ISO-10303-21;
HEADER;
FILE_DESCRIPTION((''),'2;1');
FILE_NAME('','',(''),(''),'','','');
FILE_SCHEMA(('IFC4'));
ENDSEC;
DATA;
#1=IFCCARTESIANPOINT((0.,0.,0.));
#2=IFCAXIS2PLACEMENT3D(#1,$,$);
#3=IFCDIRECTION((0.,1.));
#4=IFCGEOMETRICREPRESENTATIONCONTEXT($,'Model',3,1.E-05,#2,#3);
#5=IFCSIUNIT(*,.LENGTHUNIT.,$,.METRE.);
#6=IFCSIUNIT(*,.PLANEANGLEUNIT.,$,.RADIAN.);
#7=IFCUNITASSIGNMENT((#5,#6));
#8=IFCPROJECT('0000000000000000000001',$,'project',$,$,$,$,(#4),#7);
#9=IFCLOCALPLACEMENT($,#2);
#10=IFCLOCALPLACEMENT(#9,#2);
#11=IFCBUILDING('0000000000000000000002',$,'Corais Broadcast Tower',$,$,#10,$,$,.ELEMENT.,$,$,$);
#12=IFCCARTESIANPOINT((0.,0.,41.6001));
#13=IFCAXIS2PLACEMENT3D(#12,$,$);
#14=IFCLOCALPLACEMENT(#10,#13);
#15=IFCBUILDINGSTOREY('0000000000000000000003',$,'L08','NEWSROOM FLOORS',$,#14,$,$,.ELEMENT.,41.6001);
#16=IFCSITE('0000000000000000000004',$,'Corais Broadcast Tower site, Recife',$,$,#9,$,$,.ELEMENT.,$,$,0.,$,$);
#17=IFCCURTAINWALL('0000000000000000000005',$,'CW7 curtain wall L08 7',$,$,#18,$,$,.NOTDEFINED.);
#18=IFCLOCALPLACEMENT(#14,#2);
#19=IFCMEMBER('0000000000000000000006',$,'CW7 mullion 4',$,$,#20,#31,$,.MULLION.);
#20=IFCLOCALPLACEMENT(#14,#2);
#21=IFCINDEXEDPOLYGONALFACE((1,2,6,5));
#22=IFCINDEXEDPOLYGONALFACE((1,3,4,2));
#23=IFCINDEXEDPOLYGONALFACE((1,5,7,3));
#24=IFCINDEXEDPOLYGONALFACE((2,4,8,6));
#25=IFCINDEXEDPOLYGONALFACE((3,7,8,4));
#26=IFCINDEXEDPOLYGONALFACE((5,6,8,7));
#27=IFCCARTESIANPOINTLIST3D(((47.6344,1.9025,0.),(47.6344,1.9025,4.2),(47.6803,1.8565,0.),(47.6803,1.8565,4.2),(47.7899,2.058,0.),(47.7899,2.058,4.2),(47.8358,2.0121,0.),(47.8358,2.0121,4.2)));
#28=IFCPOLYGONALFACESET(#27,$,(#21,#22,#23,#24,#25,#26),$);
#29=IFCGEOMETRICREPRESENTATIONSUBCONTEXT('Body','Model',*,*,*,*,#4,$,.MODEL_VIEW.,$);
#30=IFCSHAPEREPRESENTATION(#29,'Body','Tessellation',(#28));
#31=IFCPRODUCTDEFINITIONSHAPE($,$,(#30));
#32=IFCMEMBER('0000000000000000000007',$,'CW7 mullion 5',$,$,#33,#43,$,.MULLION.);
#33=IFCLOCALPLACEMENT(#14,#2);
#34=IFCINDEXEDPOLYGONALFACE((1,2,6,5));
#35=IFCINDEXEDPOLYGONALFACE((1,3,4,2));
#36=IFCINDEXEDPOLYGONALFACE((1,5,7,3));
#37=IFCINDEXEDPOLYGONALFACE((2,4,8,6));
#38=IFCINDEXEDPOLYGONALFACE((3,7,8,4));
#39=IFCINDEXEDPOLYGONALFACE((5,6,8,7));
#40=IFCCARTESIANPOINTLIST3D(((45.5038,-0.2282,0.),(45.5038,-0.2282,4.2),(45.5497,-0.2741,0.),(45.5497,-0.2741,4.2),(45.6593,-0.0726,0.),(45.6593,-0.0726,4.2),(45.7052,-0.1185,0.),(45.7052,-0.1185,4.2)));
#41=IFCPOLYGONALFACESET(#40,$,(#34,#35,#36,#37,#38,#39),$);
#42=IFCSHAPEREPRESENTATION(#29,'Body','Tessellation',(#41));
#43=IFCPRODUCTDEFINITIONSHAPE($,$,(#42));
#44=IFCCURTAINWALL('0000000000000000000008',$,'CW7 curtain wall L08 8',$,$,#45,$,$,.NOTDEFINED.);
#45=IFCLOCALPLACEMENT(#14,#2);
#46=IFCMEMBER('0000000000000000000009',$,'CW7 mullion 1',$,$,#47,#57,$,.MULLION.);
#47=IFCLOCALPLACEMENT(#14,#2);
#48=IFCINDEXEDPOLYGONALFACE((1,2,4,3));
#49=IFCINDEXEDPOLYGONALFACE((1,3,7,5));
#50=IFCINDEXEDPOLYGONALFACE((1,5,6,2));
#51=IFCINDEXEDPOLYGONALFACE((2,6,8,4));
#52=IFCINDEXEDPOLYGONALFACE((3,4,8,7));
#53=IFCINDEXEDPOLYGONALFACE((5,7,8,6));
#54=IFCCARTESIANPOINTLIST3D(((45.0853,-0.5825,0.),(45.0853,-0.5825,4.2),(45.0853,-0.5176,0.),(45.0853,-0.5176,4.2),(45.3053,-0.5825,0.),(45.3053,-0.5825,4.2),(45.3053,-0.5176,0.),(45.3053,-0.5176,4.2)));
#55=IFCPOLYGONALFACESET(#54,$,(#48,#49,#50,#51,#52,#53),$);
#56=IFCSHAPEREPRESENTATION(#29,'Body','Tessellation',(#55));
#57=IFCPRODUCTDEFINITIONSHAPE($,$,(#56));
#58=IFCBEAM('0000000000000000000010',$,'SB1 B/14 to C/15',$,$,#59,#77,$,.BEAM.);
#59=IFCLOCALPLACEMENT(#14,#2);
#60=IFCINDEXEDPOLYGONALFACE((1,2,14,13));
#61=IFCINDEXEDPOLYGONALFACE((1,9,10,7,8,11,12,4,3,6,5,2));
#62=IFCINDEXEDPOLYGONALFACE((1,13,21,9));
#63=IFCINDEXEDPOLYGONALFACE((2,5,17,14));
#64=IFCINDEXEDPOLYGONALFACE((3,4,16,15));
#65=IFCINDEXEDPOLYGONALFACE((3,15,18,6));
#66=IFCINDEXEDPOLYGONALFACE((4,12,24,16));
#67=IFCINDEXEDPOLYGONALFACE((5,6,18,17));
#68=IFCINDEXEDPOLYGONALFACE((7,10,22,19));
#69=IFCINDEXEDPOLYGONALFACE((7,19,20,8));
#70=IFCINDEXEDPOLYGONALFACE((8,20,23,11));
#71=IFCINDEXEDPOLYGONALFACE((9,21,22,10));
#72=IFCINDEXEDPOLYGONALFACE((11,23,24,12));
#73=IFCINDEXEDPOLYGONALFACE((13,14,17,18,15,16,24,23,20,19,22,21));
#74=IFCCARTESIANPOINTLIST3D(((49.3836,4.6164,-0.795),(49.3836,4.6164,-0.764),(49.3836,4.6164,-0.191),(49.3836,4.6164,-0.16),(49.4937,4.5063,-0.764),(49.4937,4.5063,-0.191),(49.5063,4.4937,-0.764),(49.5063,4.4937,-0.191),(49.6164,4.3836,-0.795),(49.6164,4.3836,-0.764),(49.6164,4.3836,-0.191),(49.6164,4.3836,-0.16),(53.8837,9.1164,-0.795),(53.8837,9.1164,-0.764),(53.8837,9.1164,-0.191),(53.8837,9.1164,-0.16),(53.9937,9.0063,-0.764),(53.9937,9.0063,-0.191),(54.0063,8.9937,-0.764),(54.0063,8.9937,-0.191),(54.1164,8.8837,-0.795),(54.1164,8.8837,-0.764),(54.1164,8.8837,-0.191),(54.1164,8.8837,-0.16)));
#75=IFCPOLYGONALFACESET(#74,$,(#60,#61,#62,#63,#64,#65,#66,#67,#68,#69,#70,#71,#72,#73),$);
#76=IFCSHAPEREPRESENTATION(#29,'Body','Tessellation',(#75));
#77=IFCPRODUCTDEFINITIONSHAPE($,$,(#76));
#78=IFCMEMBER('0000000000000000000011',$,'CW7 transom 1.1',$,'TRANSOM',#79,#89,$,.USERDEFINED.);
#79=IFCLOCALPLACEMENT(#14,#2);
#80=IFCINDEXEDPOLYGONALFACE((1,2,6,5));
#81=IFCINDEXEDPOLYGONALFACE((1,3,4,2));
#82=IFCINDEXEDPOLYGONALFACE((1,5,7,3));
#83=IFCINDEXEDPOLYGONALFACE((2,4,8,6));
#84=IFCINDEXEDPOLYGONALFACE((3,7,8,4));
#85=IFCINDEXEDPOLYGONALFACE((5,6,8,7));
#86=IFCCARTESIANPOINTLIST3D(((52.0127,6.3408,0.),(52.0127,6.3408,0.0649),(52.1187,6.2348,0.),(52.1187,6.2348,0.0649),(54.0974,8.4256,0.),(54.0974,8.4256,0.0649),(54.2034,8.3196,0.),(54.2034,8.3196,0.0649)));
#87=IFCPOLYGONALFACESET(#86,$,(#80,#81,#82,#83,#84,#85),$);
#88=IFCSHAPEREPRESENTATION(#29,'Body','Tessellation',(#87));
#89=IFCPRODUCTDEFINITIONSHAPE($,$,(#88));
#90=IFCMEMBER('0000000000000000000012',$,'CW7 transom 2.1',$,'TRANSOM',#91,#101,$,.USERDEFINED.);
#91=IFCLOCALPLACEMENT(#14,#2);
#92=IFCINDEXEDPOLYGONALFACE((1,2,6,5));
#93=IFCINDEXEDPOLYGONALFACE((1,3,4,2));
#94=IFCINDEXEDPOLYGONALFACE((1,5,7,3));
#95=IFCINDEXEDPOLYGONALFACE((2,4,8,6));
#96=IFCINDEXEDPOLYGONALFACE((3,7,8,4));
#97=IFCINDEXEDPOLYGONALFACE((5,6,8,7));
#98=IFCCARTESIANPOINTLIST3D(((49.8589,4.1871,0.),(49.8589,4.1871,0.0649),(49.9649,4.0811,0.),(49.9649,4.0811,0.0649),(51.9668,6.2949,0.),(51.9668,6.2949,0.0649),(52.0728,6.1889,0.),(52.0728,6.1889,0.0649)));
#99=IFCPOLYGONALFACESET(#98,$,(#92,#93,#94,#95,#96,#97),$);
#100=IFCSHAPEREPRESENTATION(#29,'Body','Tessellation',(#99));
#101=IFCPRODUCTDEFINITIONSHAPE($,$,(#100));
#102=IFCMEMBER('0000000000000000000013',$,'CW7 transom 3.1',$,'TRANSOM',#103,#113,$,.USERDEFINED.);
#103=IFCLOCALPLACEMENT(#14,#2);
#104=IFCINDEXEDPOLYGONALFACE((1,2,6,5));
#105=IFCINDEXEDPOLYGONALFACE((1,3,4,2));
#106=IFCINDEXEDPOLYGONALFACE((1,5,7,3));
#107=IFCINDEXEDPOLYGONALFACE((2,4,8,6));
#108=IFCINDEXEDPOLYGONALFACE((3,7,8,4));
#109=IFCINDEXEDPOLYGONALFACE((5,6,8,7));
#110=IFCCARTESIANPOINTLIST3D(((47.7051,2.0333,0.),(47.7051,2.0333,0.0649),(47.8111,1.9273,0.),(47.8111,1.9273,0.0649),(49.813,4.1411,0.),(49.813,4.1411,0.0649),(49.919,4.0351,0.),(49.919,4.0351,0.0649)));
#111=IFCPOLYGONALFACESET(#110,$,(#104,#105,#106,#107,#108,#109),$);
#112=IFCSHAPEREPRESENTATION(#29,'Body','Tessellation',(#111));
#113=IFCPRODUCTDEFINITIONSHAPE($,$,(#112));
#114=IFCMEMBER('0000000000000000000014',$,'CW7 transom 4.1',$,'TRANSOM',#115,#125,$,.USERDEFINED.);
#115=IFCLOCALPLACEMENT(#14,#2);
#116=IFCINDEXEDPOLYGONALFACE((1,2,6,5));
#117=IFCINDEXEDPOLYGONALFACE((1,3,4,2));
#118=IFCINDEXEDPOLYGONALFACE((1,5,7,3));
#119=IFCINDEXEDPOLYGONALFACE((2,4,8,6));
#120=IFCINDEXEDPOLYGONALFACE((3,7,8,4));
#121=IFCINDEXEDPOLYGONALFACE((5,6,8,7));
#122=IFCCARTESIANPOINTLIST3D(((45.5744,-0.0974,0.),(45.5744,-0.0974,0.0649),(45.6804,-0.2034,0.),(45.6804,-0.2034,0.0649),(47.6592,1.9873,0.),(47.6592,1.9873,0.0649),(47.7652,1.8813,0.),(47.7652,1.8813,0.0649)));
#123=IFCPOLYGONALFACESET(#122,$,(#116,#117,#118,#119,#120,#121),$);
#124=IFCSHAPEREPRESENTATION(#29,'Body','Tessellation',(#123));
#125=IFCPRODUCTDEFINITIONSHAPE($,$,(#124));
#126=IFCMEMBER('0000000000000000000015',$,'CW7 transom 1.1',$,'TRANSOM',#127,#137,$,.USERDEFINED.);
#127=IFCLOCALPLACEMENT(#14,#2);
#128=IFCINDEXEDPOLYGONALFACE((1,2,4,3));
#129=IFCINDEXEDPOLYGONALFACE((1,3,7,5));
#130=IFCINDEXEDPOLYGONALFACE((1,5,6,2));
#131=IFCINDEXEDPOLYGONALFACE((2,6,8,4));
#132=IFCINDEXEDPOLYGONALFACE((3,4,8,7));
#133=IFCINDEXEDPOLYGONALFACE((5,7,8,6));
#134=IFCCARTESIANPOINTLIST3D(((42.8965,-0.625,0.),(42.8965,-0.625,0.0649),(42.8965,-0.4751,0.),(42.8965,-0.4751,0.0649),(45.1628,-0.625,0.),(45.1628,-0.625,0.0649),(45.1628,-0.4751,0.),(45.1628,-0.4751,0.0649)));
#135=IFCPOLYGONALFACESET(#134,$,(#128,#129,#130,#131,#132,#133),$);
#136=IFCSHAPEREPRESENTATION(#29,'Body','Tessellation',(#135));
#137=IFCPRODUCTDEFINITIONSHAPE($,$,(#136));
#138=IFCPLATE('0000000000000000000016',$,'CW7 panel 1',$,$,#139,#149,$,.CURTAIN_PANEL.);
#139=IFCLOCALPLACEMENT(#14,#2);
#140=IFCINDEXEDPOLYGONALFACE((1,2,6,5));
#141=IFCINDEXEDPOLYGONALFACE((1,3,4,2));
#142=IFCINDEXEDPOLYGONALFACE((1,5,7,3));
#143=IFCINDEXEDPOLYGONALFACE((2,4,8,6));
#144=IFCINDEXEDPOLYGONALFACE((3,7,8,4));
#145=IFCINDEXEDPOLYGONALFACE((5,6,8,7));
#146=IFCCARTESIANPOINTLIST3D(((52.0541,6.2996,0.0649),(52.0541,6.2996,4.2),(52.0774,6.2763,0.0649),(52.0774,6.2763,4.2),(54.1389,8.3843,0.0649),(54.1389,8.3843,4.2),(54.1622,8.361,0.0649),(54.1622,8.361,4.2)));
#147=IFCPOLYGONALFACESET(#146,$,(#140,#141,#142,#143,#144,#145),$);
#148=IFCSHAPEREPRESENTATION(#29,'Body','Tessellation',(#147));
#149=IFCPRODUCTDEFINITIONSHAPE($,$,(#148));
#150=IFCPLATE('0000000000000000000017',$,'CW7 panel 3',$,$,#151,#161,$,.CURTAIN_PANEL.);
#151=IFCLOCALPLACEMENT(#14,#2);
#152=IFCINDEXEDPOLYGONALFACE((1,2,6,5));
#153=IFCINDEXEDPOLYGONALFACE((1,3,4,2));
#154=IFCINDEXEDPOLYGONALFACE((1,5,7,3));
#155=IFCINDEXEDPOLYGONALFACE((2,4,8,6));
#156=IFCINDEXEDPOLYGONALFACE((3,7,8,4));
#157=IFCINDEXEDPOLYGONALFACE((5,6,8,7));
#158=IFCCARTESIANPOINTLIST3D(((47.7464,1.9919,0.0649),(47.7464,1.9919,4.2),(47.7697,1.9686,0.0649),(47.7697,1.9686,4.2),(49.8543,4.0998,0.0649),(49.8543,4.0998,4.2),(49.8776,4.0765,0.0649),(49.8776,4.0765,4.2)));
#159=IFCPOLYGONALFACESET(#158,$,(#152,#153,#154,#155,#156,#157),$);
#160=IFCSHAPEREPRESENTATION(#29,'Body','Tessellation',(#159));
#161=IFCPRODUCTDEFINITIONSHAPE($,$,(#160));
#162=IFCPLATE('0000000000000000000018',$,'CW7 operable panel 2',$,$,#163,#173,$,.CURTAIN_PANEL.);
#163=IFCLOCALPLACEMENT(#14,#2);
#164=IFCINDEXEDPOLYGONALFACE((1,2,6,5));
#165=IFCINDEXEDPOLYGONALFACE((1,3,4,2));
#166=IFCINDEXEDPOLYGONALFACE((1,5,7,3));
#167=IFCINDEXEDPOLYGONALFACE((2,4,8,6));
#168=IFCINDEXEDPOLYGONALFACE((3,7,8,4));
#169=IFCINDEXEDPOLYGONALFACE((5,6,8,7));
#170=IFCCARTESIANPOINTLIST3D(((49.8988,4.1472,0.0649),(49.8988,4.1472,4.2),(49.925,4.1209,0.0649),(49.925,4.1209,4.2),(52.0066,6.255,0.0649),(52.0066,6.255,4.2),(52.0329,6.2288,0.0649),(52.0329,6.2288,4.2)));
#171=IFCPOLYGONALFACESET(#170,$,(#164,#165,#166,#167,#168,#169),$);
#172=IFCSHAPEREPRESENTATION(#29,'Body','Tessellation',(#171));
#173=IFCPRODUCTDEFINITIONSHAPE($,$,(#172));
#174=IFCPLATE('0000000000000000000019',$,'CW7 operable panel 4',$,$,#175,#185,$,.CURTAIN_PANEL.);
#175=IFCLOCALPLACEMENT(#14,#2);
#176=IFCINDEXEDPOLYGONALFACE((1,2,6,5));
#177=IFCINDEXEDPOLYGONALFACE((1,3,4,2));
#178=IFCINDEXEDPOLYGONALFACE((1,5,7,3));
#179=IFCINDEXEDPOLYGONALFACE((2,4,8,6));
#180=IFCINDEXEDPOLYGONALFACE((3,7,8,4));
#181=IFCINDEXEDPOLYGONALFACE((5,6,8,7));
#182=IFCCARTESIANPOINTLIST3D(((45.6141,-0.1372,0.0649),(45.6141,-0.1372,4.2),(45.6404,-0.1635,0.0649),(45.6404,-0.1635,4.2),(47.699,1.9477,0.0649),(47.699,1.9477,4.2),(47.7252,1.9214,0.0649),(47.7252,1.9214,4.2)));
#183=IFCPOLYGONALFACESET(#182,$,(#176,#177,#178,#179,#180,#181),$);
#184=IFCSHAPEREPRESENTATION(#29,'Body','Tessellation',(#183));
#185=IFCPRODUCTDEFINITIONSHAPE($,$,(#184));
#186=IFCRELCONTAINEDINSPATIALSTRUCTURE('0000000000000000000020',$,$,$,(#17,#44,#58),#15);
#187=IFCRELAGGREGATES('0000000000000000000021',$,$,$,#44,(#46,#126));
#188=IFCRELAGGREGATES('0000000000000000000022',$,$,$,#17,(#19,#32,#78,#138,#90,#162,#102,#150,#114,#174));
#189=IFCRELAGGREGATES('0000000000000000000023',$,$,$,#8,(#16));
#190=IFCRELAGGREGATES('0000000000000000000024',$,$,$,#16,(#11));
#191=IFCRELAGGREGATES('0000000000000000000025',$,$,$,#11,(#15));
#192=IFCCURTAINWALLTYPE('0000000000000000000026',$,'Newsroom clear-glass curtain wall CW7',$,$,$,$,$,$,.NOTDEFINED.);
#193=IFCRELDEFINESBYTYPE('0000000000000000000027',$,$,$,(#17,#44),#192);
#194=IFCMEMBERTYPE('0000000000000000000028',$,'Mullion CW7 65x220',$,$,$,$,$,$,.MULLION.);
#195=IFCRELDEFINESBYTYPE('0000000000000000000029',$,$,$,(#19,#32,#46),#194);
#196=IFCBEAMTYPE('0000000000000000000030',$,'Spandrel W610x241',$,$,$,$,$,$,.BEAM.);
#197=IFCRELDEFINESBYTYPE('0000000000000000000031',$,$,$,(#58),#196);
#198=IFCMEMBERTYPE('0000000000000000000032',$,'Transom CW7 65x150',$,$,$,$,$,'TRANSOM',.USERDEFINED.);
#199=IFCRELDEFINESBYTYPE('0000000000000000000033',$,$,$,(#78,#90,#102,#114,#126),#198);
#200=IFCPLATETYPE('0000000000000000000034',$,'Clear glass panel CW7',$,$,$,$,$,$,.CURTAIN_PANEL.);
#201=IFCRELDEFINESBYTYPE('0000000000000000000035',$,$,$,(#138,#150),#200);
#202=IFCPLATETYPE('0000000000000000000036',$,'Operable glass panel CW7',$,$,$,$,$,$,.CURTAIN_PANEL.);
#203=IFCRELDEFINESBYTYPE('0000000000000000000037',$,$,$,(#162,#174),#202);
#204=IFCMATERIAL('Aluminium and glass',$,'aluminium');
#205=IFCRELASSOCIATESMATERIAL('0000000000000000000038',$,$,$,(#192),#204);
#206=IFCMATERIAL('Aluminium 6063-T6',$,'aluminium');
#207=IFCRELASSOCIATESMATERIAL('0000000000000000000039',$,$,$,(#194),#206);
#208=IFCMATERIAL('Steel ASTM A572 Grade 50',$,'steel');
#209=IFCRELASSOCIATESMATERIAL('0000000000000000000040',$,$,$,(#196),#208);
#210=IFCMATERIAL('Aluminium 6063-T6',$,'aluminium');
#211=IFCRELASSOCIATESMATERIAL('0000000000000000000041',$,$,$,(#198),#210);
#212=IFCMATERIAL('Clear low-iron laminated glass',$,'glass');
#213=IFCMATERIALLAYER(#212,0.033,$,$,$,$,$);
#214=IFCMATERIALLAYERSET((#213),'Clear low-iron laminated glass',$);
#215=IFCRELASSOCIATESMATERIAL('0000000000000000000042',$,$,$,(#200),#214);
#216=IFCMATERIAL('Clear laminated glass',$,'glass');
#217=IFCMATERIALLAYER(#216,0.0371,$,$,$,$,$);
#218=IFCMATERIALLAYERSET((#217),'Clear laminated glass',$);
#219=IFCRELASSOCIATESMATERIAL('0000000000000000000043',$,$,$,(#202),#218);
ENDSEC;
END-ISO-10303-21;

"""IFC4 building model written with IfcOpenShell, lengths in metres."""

from ifc_helpers import new_model, si_unit, direction, frame, origin, origin_2d, place, context, subcontext, project, spatial, rectangle, i_section, extrude, material, layer, layer_set, material_profile, profile_set, type_object, element, aggregate, save


model = new_model("IFC4")

# Units and contexts
model_context = context("Model", 3, precision=1e-05, world=origin(), true_north=direction((0.0, 1.0)))
body_context = subcontext(model_context, "Body", "Model", "MODEL_VIEW")
ifc_project = project(units=[si_unit("LENGTHUNIT", "METRE"), si_unit("PLANEANGLEUNIT", "RADIAN")], contexts=[model_context])

# Site, building, storey
site_placement = place(None, origin())
site = spatial("IfcSite", under=ifc_project, at=site_placement, Name="Corais Broadcast Tower site, Recife", CompositionType="ELEMENT", RefElevation=0.0)
building_placement = place(site_placement, origin())
building = spatial("IfcBuilding", under=site, at=building_placement, Name="Corais Broadcast Tower", CompositionType="ELEMENT")
storey_placement = place(building_placement, frame((0.0, 0.0, 41.6001)))
storey = spatial("IfcBuildingStorey", under=building, at=storey_placement, Name="L08", Description="NEWSROOM FLOORS", CompositionType="ELEMENT", Elevation=41.6001)

# Shared definitions
ifc_material_1 = material(Name="Aluminium and glass", Category="aluminium")
curtain_wall_type = type_object("IfcCurtainWallType", Name="Newsroom clear-glass curtain wall CW7", PredefinedType="NOTDEFINED", material=ifc_material_1)
ifc_material_2 = material(Name="Aluminium 6063-T6", Category="aluminium")
ifc_material_profile_1 = material_profile(ifc_material_2, rectangle(XDim=0.0649, YDim=0.22, at=origin_2d()), Name="Mullion CW7 65x220")
ifc_profile_set_1 = profile_set([ifc_material_profile_1], Name="Aluminium 6063-T6")
member_type_1 = type_object("IfcMemberType", Name="Mullion CW7 65x220", PredefinedType="MULLION", material=ifc_profile_set_1)

# Curtain wall, members
curtain_wall_1_placement = place(storey_placement, origin())
curtain_wall_1 = element("IfcCurtainWall", 1, at=curtain_wall_1_placement, inside=storey, type_object=curtain_wall_type, Name="CW7 curtain wall L08 7", PredefinedType="NOTDEFINED")
member_1_placement = place(storey_placement, frame((47.7351, 1.9573, 0.0), z_axis=(0.0, 0.0, 1.0), x_axis=(0.707107, -0.707107, 0.0)))
member_1 = element("IfcMember", 2, at=member_1_placement, type_object=member_type_1, Name="CW7 mullion 4", PredefinedType="MULLION", context=body_context, shape_type="SweptSolid", body=[
    extrude(rectangle(XDim=0.0649, YDim=0.22, at=origin_2d()), origin(), (0.0, 0.0, 1.0), 4.2),
])
member_2_placement = place(storey_placement, frame((45.6045, -0.1733, 0.0), z_axis=(0.0, 0.0, 1.0), x_axis=(0.707107, -0.707107, 0.0)))
member_2 = element("IfcMember", 3, at=member_2_placement, type_object=member_type_1, Name="CW7 mullion 5", PredefinedType="MULLION", context=body_context, shape_type="SweptSolid", body=[
    extrude(rectangle(XDim=0.0649, YDim=0.22, at=origin_2d()), origin(), (0.0, 0.0, 1.0), 4.2),
])

# Curtain wall, member
curtain_wall_2_placement = place(storey_placement, origin())
curtain_wall_2 = element("IfcCurtainWall", 4, at=curtain_wall_2_placement, inside=storey, type_object=curtain_wall_type, Name="CW7 curtain wall L08 8", PredefinedType="NOTDEFINED")
member_3_placement = place(storey_placement, frame((45.1953, -0.55, 0.0), z_axis=(0.0, 0.0, 1.0), x_axis=(0.0, -1.0, 0.0)))
member_3 = element("IfcMember", 5, at=member_3_placement, type_object=member_type_1, Name="CW7 mullion 1", PredefinedType="MULLION", context=body_context, shape_type="SweptSolid", body=[
    extrude(rectangle(XDim=0.0649, YDim=0.22, at=origin_2d()), origin(), (0.0, 0.0, 1.0), 4.2),
])

# Beam
ifc_material_3 = material(Name="Steel ASTM A572 Grade 50", Category="steel")
ifc_material_profile_2 = material_profile(ifc_material_3, i_section(OverallWidth=0.3291, OverallDepth=0.635, WebThickness=0.0178, FlangeThickness=0.031, at=origin_2d()), Name="W610x241")
ifc_profile_set_2 = profile_set([ifc_material_profile_2], Name="Steel ASTM A572 Grade 50")
beam_type_1 = type_object("IfcBeamType", Name="Spandrel W610x241", PredefinedType="BEAM", material=ifc_profile_set_2)
beam_1_placement = place(storey_placement, frame((49.5, 4.5, -0.4775), z_axis=(0.707107, 0.707107, 0.0), x_axis=(-0.707107, 0.707107, 0.0)))
element("IfcBeam", 6, at=beam_1_placement, inside=storey, type_object=beam_type_1, Name="SB1 B/14 to C/15", PredefinedType="BEAM", context=body_context, shape_type="SweptSolid", body=[
    extrude(i_section(OverallWidth=0.3291, OverallDepth=0.635, WebThickness=0.0178, FlangeThickness=0.031, at=origin_2d()), origin(), (0.0, 0.0, 1.0), 6.364),
])

# Members
ifc_material_4 = material(Name="Aluminium 6063-T6", Category="aluminium")
ifc_material_profile_3 = material_profile(ifc_material_4, rectangle(XDim=0.1499, YDim=0.0649, at=origin_2d()), Name="Transom CW7 65x150")
ifc_profile_set_3 = profile_set([ifc_material_profile_3], Name="Aluminium 6063-T6")
member_type_2 = type_object("IfcMemberType", Name="Transom CW7 65x150", ElementType="TRANSOM", PredefinedType="USERDEFINED", material=ifc_profile_set_3)
member_4_placement = place(storey_placement, frame((54.1504, 8.3726, 0.0325), z_axis=(-0.707107, -0.707107, 0.0), x_axis=(0.707107, -0.707107, 0.0)))
member_4 = element("IfcMember", 7, at=member_4_placement, type_object=member_type_2, Name="CW7 transom 1.1", ObjectType="TRANSOM", PredefinedType="USERDEFINED", context=body_context, shape_type="SweptSolid", body=[
    extrude(rectangle(XDim=0.1499, YDim=0.0649, at=origin_2d()), origin(), (0.0, 0.0, 1.0), 2.9482),
])
member_5_placement = place(storey_placement, frame((52.0198, 6.2419, 0.0325), z_axis=(-0.707107, -0.707107, 0.0), x_axis=(0.707107, -0.707107, 0.0)))
member_5 = element("IfcMember", 8, at=member_5_placement, type_object=member_type_2, Name="CW7 transom 2.1", ObjectType="TRANSOM", PredefinedType="USERDEFINED", context=body_context, shape_type="SweptSolid", body=[
    extrude(rectangle(XDim=0.1499, YDim=0.0649, at=origin_2d()), origin(), (0.0, 0.0, 1.0), 2.981),
])
member_6_placement = place(storey_placement, frame((49.866, 4.0881, 0.0325), z_axis=(-0.707107, -0.707107, 0.0), x_axis=(0.707107, -0.707107, 0.0)))
member_6 = element("IfcMember", 9, at=member_6_placement, type_object=member_type_2, Name="CW7 transom 3.1", ObjectType="TRANSOM", PredefinedType="USERDEFINED", context=body_context, shape_type="SweptSolid", body=[
    extrude(rectangle(XDim=0.1499, YDim=0.0649, at=origin_2d()), origin(), (0.0, 0.0, 1.0), 2.981),
])
member_7_placement = place(storey_placement, frame((47.7122, 1.9343, 0.0325), z_axis=(-0.707107, -0.707107, 0.0), x_axis=(0.707107, -0.707107, 0.0)))
member_7 = element("IfcMember", 10, at=member_7_placement, type_object=member_type_2, Name="CW7 transom 4.1", ObjectType="TRANSOM", PredefinedType="USERDEFINED", context=body_context, shape_type="SweptSolid", body=[
    extrude(rectangle(XDim=0.1499, YDim=0.0649, at=origin_2d()), origin(), (0.0, 0.0, 1.0), 2.9482),
])
member_8_placement = place(storey_placement, frame((45.1628, -0.55, 0.0325), z_axis=(-1.0, 0.0, 0.0), x_axis=(0.0, -1.0, 0.0)))
member_8 = element("IfcMember", 11, at=member_8_placement, type_object=member_type_2, Name="CW7 transom 1.1", ObjectType="TRANSOM", PredefinedType="USERDEFINED", context=body_context, shape_type="SweptSolid", body=[
    extrude(rectangle(XDim=0.1499, YDim=0.0649, at=origin_2d()), origin(), (0.0, 0.0, 1.0), 2.2664),
])
aggregate(curtain_wall_2, [member_3, member_8])

# Plates
ifc_material_5 = material(Name="Clear low-iron laminated glass", Category="glass")
ifc_layer_1 = layer(ifc_material_5, 0.033)
ifc_layer_set_1 = layer_set([ifc_layer_1], Name="Clear low-iron laminated glass")
plate_type_1 = type_object("IfcPlateType", Name="Clear glass panel CW7", PredefinedType="CURTAIN_PANEL", material=ifc_layer_set_1)
plate_1_placement = place(storey_placement, frame((53.1082, 7.3303, 0.0649), z_axis=(0.0, 0.0, 1.0), x_axis=(-0.707107, -0.707107, 0.0)))
plate_1 = element("IfcPlate", 12, at=plate_1_placement, type_object=plate_type_1, Name="CW7 panel 1", PredefinedType="CURTAIN_PANEL", context=body_context, shape_type="SweptSolid", body=[
    extrude(rectangle(XDim=2.9482, YDim=0.033, at=origin_2d()), origin(), (0.0, 0.0, 1.0), 4.135),
])
plate_2_placement = place(storey_placement, frame((48.812, 3.0342, 0.0649), z_axis=(0.0, 0.0, 1.0), x_axis=(-0.707107, -0.707107, 0.0)))
plate_2 = element("IfcPlate", 13, at=plate_2_placement, type_object=plate_type_1, Name="CW7 panel 3", PredefinedType="CURTAIN_PANEL", context=body_context, shape_type="SweptSolid", body=[
    extrude(rectangle(XDim=2.981, YDim=0.033, at=origin_2d()), origin(), (0.0, 0.0, 1.0), 4.135),
])
ifc_material_6 = material(Name="Clear laminated glass", Category="glass")
ifc_layer_2 = layer(ifc_material_6, 0.0371)
ifc_layer_set_2 = layer_set([ifc_layer_2], Name="Clear laminated glass")
plate_type_2 = type_object("IfcPlateType", Name="Operable glass panel CW7", PredefinedType="CURTAIN_PANEL", material=ifc_layer_set_2)
plate_3_placement = place(storey_placement, frame((50.9658, 5.188, 0.0649), z_axis=(0.0, 0.0, 1.0), x_axis=(-0.707107, -0.707107, 0.0)))
plate_3 = element("IfcPlate", 14, at=plate_3_placement, type_object=plate_type_2, Name="CW7 operable panel 2", PredefinedType="CURTAIN_PANEL", context=body_context, shape_type="SweptSolid", body=[
    extrude(rectangle(XDim=2.981, YDim=0.0371, at=origin_2d()), origin(), (0.0, 0.0, 1.0), 4.135),
])
plate_4_placement = place(storey_placement, frame((46.6697, 0.8921, 0.0649), z_axis=(0.0, 0.0, 1.0), x_axis=(-0.707107, -0.707107, 0.0)))
plate_4 = element("IfcPlate", 15, at=plate_4_placement, type_object=plate_type_2, Name="CW7 operable panel 4", PredefinedType="CURTAIN_PANEL", context=body_context, shape_type="SweptSolid", body=[
    extrude(rectangle(XDim=2.9485, YDim=0.0371, at=origin_2d()), origin(), (0.0, 0.0, 1.0), 4.135),
])
aggregate(curtain_wall_1, [member_1, member_2, member_4, plate_1, member_5, plate_3, member_6, plate_2, member_7, plate_4])

save(model, "model.ifc")
